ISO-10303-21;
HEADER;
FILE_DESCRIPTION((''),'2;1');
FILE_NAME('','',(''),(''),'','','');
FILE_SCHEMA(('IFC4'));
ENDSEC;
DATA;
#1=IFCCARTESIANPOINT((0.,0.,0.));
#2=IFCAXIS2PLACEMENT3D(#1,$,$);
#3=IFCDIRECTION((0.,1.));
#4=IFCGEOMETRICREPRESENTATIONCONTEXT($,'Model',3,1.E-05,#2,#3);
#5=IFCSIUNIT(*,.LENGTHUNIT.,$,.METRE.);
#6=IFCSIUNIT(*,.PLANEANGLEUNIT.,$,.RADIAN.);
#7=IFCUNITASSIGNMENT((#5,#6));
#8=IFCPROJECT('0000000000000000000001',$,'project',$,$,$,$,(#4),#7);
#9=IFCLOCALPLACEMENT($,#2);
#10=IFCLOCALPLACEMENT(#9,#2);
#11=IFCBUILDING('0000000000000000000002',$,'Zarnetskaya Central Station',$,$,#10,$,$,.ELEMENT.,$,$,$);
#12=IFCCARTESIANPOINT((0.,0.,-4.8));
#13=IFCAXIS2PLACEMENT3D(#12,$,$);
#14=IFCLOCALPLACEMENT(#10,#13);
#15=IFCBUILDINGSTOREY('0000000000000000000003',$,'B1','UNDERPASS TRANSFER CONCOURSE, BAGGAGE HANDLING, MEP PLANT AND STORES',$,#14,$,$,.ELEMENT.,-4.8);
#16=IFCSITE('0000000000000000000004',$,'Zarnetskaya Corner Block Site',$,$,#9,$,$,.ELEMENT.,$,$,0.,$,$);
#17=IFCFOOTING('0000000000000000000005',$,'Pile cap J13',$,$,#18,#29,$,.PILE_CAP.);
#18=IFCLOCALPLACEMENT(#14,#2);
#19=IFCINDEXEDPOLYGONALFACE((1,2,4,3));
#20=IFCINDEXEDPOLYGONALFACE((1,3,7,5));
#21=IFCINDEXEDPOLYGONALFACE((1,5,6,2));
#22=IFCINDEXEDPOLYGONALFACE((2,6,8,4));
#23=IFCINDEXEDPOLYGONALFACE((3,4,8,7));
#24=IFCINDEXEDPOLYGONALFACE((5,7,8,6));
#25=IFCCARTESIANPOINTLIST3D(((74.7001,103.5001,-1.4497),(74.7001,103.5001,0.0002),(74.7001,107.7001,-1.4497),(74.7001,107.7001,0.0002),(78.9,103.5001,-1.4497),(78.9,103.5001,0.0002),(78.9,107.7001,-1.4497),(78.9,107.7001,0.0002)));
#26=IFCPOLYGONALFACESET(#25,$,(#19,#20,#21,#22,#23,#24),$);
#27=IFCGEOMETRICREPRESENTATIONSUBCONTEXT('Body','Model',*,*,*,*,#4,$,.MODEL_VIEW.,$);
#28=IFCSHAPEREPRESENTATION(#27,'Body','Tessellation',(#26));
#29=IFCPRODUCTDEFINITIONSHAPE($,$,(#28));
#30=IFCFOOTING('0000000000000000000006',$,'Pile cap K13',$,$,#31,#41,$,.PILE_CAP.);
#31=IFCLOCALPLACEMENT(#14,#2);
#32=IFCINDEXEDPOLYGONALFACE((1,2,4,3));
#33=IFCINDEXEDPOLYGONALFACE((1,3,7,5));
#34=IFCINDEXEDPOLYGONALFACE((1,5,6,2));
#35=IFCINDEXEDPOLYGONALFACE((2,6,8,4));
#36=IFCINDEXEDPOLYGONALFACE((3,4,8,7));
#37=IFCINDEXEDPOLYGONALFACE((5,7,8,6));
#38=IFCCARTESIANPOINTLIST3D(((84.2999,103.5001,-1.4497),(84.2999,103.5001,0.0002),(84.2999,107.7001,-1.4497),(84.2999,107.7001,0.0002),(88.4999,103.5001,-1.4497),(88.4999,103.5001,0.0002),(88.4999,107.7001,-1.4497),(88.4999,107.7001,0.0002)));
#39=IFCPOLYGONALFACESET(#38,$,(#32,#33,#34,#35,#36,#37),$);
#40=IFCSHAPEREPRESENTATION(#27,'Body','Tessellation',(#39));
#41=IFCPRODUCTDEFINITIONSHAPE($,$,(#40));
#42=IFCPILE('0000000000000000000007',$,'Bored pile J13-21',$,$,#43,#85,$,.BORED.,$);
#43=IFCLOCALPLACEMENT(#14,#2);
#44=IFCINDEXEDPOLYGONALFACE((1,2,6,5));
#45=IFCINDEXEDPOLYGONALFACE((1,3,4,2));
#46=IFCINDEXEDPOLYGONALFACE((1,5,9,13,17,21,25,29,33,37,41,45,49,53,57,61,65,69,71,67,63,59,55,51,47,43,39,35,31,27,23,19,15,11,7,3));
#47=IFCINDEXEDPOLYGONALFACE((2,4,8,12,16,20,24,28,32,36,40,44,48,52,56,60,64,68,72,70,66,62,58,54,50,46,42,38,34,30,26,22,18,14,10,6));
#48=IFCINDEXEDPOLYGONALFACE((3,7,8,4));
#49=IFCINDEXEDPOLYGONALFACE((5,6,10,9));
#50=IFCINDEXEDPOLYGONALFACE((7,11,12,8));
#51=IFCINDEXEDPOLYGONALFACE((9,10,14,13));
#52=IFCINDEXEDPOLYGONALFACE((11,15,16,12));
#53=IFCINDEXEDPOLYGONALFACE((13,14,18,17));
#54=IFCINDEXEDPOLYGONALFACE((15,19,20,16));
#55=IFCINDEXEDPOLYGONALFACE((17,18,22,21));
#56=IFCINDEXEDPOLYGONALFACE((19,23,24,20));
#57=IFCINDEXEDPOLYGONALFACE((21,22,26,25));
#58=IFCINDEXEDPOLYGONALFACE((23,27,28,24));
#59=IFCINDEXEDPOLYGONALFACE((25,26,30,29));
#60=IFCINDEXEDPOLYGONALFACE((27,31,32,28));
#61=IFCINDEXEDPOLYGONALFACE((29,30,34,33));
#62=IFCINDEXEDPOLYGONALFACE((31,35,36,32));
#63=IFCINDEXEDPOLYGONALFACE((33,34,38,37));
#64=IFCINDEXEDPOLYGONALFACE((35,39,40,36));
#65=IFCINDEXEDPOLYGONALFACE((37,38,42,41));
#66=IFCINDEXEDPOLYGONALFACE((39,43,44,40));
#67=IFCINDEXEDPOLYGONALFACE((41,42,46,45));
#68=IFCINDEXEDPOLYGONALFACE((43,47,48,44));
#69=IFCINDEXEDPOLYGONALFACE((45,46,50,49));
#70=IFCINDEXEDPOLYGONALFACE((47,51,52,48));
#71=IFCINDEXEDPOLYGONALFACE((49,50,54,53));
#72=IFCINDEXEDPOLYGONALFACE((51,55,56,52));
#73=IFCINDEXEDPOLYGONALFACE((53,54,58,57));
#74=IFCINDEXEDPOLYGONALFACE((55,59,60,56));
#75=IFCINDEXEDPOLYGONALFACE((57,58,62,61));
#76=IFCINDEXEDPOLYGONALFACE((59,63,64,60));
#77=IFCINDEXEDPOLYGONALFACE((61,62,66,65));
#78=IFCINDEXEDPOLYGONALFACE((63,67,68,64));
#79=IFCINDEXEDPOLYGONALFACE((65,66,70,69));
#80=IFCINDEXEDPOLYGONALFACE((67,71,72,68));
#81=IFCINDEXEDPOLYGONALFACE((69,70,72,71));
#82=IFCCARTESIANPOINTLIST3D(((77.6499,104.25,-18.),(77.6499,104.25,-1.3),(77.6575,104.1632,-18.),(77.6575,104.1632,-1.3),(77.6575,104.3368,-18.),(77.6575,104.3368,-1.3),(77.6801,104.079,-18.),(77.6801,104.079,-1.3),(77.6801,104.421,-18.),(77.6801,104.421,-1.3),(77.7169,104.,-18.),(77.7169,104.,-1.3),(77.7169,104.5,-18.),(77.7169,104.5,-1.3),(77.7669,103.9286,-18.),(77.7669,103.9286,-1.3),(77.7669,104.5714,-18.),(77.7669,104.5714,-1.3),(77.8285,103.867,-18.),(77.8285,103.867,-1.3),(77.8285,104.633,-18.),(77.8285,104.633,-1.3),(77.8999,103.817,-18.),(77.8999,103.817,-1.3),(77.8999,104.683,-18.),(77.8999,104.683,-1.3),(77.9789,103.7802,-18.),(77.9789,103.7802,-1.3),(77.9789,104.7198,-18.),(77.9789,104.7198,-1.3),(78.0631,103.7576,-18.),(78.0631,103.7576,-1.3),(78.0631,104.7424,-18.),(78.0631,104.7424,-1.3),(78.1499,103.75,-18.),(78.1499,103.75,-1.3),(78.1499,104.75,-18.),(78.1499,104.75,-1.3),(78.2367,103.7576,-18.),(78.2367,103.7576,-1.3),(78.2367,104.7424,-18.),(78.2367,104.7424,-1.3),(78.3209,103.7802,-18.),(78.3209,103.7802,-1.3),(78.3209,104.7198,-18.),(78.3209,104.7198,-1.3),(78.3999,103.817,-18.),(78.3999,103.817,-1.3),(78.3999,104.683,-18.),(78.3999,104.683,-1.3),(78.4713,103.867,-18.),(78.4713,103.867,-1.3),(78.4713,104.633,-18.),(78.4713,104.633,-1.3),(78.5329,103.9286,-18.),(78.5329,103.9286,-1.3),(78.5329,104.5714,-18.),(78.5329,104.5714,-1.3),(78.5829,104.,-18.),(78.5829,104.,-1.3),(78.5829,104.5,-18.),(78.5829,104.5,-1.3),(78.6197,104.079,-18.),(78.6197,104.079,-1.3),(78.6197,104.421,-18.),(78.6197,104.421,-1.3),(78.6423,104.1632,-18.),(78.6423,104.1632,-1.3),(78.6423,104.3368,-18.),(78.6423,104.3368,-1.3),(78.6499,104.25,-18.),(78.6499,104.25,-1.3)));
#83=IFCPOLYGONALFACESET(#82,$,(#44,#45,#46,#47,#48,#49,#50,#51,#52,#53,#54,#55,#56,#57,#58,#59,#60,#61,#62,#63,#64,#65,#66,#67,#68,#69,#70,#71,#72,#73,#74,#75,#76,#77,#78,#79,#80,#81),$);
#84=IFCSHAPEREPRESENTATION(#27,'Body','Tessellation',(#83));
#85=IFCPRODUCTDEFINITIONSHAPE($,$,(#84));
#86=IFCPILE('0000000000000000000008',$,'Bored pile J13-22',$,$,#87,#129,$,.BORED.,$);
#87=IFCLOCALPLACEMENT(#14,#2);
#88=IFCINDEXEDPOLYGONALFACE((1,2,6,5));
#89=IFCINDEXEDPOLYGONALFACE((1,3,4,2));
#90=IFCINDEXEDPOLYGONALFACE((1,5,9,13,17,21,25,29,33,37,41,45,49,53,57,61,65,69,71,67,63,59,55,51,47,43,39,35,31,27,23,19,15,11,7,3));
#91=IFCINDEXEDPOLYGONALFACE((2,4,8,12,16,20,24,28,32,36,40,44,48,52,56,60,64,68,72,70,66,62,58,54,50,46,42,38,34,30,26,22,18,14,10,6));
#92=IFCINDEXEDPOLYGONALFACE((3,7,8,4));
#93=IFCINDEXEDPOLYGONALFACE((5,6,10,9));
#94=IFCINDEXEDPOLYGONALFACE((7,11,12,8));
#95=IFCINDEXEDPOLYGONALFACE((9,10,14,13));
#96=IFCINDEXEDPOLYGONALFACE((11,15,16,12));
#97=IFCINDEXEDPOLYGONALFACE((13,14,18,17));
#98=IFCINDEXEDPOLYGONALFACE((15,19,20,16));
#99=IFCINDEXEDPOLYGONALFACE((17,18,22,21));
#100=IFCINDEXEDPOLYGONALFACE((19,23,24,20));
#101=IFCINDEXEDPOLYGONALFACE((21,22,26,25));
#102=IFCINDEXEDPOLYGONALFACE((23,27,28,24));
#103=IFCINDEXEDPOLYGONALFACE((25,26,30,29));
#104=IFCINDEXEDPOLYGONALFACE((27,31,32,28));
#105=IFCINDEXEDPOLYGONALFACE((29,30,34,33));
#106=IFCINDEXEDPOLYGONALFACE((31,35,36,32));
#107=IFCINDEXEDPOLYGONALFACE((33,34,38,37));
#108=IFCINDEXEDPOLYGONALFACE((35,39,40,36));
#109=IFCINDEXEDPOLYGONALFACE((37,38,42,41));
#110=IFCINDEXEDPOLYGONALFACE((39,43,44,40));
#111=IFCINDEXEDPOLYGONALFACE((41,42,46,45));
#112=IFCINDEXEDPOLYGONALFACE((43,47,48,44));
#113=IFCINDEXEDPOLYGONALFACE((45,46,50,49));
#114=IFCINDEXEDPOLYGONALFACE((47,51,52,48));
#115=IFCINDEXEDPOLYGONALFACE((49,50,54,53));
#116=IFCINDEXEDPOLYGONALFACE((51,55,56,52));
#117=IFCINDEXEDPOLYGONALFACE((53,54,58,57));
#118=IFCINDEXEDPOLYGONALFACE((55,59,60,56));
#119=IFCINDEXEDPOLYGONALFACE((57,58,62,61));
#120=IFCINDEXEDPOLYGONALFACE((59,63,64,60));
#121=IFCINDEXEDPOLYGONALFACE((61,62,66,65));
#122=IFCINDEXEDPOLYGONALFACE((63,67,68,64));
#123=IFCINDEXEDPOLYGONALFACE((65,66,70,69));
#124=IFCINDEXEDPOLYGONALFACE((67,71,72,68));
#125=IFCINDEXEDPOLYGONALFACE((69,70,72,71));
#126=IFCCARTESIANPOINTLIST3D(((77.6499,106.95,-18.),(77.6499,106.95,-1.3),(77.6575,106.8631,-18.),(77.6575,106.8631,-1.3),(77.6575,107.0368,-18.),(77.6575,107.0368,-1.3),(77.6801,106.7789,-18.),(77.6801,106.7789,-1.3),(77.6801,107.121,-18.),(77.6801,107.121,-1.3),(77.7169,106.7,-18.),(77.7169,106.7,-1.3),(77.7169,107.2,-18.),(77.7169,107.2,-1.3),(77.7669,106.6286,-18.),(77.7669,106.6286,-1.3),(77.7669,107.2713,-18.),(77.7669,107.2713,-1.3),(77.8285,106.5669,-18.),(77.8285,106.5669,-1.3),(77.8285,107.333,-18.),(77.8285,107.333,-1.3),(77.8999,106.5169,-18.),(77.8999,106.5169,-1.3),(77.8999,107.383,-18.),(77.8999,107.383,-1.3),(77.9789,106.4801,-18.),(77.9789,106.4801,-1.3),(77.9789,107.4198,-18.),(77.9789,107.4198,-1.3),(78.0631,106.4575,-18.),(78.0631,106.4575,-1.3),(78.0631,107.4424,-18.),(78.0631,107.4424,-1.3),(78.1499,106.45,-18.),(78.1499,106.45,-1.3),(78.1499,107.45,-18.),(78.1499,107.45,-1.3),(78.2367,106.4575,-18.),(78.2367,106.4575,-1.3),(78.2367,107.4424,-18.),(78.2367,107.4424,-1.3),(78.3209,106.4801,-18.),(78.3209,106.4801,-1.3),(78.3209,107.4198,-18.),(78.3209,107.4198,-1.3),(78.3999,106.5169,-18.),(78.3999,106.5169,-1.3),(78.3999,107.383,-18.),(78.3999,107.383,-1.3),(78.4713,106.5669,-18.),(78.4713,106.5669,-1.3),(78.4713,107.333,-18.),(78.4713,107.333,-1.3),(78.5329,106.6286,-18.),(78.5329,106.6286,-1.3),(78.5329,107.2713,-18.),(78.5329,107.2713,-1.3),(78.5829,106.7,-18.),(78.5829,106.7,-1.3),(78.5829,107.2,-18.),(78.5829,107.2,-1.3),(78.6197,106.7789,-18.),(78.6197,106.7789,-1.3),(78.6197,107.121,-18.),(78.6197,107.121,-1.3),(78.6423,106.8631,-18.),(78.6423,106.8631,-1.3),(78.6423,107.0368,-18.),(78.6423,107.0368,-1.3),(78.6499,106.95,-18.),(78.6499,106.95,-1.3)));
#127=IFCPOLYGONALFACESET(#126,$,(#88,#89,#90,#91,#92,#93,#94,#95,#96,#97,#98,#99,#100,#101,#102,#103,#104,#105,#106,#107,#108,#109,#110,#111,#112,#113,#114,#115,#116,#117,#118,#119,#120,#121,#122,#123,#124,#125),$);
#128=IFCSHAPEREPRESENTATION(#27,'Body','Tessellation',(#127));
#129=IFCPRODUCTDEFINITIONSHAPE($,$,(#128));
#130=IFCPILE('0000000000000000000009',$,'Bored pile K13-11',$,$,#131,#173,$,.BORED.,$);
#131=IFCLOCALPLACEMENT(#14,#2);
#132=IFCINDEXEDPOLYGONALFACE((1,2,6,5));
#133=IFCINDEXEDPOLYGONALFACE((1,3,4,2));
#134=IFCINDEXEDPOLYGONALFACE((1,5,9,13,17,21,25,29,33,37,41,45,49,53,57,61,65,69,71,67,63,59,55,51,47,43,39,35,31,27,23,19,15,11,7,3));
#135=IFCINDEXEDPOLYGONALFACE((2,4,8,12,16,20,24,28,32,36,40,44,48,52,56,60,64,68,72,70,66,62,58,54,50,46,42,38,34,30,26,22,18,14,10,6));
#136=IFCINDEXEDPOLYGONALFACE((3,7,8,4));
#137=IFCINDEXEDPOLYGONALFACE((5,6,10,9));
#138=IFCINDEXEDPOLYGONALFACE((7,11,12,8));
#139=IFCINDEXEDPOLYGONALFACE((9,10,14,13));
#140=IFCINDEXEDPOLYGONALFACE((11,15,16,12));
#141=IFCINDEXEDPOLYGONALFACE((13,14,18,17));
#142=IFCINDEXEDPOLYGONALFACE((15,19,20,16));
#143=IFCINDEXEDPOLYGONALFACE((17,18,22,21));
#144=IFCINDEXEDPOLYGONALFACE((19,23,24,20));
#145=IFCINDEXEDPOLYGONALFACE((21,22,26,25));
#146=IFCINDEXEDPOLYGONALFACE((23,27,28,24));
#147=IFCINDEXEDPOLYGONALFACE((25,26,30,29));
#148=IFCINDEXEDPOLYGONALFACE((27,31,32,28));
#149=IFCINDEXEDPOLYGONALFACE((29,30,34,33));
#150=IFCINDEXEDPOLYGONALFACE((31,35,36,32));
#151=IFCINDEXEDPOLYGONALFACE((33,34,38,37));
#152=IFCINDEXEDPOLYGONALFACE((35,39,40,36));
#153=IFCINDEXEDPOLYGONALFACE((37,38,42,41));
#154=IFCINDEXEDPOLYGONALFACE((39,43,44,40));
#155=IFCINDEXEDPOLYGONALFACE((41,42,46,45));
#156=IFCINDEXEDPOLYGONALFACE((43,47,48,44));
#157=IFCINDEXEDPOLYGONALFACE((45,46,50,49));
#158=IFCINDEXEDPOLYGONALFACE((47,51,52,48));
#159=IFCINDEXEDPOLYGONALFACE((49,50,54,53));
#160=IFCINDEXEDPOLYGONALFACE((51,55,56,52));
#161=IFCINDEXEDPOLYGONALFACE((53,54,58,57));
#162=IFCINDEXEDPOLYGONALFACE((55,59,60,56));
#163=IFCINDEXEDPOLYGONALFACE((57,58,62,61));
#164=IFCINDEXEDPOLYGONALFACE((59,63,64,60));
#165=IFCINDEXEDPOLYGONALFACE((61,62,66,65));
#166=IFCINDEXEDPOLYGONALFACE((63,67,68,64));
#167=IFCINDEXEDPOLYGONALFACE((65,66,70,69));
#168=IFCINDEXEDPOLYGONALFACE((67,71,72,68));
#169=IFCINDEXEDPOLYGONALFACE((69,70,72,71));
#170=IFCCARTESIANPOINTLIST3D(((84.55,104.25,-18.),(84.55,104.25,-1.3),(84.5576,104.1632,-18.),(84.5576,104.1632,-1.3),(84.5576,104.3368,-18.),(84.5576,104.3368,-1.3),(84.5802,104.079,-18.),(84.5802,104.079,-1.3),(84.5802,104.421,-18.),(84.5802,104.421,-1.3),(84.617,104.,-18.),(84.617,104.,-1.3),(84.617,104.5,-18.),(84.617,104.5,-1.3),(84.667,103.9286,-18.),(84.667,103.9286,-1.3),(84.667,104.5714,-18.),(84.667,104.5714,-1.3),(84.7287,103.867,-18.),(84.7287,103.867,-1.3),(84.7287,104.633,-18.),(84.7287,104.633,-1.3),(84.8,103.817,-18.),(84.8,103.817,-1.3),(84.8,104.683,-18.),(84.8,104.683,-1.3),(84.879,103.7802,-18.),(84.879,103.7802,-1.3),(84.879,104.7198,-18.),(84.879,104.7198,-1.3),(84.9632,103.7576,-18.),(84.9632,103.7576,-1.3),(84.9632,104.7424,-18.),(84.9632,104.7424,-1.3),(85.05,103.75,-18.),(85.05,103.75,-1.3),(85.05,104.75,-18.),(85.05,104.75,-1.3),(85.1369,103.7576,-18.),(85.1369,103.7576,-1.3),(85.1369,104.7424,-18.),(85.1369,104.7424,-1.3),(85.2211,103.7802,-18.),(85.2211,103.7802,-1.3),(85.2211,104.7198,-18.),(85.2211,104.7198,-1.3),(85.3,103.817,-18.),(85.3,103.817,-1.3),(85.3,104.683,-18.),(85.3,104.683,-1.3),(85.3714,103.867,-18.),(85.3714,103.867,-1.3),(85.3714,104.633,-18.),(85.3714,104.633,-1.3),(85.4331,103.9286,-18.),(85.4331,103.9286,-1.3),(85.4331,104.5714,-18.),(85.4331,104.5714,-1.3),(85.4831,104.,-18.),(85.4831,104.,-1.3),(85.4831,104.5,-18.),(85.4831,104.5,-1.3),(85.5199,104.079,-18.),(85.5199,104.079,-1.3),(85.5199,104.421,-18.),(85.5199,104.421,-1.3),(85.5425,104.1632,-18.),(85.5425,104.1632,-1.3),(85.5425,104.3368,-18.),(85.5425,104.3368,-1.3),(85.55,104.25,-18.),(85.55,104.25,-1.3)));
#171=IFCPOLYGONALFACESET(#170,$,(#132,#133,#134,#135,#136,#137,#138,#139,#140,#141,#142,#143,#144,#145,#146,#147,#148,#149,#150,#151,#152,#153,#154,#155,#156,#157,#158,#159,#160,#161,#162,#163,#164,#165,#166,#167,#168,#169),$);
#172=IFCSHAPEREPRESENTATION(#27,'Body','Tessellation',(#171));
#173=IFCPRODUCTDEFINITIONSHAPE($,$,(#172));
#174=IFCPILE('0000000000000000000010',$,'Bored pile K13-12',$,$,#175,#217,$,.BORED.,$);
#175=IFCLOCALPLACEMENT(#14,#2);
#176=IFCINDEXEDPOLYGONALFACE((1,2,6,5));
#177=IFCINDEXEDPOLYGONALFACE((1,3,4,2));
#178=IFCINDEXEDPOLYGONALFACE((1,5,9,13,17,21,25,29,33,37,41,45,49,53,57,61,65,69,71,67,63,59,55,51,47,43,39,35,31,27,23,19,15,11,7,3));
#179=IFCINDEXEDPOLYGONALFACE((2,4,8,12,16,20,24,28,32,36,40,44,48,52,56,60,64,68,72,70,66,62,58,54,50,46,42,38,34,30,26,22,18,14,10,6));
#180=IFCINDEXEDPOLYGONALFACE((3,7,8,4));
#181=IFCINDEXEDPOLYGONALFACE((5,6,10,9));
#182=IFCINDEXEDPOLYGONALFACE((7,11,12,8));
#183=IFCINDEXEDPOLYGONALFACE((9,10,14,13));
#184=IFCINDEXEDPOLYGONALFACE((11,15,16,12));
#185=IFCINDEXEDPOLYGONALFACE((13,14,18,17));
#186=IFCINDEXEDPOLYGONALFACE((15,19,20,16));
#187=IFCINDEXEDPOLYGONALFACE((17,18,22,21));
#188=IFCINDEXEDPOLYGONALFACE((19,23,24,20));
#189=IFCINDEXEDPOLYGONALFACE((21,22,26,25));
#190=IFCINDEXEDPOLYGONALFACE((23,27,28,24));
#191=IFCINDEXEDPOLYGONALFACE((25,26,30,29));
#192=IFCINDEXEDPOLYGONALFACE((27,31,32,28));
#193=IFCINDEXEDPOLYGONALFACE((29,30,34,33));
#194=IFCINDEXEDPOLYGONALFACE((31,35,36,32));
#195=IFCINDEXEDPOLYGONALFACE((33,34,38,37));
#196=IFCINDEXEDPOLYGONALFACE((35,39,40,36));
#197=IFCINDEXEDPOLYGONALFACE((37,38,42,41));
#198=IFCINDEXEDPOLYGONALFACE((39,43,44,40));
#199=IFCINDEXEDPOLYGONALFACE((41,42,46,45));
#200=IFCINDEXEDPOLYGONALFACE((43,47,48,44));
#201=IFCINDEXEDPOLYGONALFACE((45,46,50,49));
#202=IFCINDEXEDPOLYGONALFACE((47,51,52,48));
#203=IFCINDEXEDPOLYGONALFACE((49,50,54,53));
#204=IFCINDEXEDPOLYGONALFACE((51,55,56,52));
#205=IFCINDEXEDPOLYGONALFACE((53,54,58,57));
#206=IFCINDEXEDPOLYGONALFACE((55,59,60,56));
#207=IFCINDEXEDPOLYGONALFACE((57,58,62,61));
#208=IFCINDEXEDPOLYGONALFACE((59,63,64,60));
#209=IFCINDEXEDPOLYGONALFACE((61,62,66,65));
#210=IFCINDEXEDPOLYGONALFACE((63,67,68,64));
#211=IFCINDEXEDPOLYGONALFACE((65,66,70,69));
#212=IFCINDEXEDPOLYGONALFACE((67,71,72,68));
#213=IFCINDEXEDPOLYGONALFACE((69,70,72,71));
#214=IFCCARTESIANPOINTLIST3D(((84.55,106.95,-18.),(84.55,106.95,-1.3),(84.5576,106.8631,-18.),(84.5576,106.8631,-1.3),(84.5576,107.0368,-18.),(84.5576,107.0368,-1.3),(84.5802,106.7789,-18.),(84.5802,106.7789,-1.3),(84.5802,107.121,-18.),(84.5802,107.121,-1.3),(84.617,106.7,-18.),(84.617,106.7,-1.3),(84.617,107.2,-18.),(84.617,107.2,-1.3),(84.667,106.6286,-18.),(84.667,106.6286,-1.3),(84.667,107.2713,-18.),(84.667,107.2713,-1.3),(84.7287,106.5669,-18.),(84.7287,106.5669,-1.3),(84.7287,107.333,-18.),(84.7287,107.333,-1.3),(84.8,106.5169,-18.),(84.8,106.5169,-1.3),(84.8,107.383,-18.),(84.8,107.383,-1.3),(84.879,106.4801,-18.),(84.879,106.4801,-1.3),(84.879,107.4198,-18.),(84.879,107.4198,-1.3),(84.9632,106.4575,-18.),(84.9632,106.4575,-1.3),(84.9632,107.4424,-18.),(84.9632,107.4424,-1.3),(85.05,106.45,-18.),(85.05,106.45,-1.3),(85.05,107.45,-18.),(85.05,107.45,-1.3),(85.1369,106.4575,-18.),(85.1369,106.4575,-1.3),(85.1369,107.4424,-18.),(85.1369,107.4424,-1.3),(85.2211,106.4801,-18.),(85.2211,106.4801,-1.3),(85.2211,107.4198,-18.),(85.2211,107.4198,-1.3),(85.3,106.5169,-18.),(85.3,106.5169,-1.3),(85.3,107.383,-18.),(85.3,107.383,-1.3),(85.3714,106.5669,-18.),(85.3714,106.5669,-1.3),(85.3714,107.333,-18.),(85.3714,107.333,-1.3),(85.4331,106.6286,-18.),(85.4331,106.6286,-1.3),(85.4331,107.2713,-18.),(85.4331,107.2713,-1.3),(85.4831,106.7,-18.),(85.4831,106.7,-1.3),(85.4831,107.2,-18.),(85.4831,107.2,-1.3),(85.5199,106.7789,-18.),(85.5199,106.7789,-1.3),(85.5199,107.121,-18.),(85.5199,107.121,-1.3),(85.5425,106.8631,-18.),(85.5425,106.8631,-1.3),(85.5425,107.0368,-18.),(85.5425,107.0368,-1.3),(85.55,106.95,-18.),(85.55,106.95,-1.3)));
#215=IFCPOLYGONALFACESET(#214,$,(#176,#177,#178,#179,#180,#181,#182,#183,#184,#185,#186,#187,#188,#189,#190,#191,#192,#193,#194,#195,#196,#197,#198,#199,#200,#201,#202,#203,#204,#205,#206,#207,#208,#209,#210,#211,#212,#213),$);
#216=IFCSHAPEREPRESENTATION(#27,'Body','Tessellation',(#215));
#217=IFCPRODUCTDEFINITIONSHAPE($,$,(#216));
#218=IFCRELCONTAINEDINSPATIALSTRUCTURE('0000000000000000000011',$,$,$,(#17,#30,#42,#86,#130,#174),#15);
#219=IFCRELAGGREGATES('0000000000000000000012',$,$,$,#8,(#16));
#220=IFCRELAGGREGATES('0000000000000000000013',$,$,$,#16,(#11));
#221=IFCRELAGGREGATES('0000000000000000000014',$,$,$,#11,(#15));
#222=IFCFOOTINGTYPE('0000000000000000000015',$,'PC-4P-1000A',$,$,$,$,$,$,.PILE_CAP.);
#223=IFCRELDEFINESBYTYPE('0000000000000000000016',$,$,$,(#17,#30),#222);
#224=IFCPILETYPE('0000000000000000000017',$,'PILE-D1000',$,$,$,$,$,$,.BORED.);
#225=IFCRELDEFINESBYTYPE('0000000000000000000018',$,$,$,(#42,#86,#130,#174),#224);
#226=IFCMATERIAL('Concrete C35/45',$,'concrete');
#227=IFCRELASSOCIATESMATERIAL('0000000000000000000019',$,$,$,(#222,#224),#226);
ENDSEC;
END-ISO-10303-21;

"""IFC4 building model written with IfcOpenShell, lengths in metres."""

from ifc_helpers import new_model, si_unit, direction, frame, origin, origin_2d, place, context, subcontext, project, spatial, rectangle, circle, extrude, material, material_profile, profile_set, type_object, element, save


model = new_model("IFC4")

# Units and contexts
model_context = context("Model", 3, precision=1e-05, world=origin(), true_north=direction((0.0, 1.0)))
body_context = subcontext(model_context, "Body", "Model", "MODEL_VIEW")
ifc_project = project(units=[si_unit("LENGTHUNIT", "METRE"), si_unit("PLANEANGLEUNIT", "RADIAN")], contexts=[model_context])

# Site, building, storey
site_placement = place(None, origin())
site = spatial("IfcSite", under=ifc_project, at=site_placement, Name="Zarnetskaya Corner Block Site", CompositionType="ELEMENT", RefElevation=0.0)
building_placement = place(site_placement, origin())
building = spatial("IfcBuilding", under=site, at=building_placement, Name="Zarnetskaya Central Station", CompositionType="ELEMENT")
storey_placement = place(building_placement, frame((0.0, 0.0, -4.8)))
storey = spatial("IfcBuildingStorey", under=building, at=storey_placement, Name="B1", Description="UNDERPASS TRANSFER CONCOURSE, BAGGAGE HANDLING, MEP PLANT AND STORES", CompositionType="ELEMENT", Elevation=-4.8)

# Footings
ifc_material = material(Name="Concrete C35/45", Category="concrete")
footing_type = type_object("IfcFootingType", Name="PC-4P-1000A", PredefinedType="PILE_CAP", material=ifc_material)
for number, where, z_axis, x_axis, name in (
    (1, (76.8, 105.6001, -1.4497), (0.0, 0.0, 1.0), (1.0, 0.0, 0.0), "Pile cap J13"),
    (2, (86.3999, 105.6001, -1.4497), (0.0, 0.0, 1.0), (1.0, 0.0, 0.0), "Pile cap K13"),
):
    element("IfcFooting", number, at=place(storey_placement, frame(where, z_axis=z_axis, x_axis=x_axis)), inside=storey, type_object=footing_type, Name=name, PredefinedType="PILE_CAP", context=body_context, shape_type="SweptSolid", body=[
        extrude(rectangle(XDim=4.2, YDim=4.2, at=origin_2d()), origin(), (0.0, 0.0, 1.0), 1.45),
    ])

# Piles
ifc_material_profile_1 = material_profile(ifc_material, circle(Radius=0.5, at=origin_2d()), Name="BORED PILE D1000")
ifc_profile_set_1 = profile_set([ifc_material_profile_1], Name="Concrete C35/45")
pile_type_1 = type_object("IfcPileType", Name="PILE-D1000", PredefinedType="BORED", material=ifc_profile_set_1)
for number, where, z_axis, x_axis, name in (
    (3, (78.1499, 104.25, -1.3), (0.0, 0.0, -1.0), (1.0, 0.0, 0.0), "Bored pile J13-21"),
    (4, (78.1499, 106.95, -1.3), (0.0, 0.0, -1.0), (1.0, 0.0, 0.0), "Bored pile J13-22"),
    (5, (85.05, 104.25, -1.3), (0.0, 0.0, -1.0), (1.0, 0.0, 0.0), "Bored pile K13-11"),
    (6, (85.05, 106.95, -1.3), (0.0, 0.0, -1.0), (1.0, 0.0, 0.0), "Bored pile K13-12"),
):
    element("IfcPile", number, at=place(storey_placement, frame(where, z_axis=z_axis, x_axis=x_axis)), inside=storey, type_object=pile_type_1, Name=name, PredefinedType="BORED", context=body_context, shape_type="SweptSolid", body=[
        extrude(circle(Radius=0.5, at=origin_2d()), origin(), (0.0, 0.0, 1.0), 16.7),
    ])

save(model, "model.ifc")
